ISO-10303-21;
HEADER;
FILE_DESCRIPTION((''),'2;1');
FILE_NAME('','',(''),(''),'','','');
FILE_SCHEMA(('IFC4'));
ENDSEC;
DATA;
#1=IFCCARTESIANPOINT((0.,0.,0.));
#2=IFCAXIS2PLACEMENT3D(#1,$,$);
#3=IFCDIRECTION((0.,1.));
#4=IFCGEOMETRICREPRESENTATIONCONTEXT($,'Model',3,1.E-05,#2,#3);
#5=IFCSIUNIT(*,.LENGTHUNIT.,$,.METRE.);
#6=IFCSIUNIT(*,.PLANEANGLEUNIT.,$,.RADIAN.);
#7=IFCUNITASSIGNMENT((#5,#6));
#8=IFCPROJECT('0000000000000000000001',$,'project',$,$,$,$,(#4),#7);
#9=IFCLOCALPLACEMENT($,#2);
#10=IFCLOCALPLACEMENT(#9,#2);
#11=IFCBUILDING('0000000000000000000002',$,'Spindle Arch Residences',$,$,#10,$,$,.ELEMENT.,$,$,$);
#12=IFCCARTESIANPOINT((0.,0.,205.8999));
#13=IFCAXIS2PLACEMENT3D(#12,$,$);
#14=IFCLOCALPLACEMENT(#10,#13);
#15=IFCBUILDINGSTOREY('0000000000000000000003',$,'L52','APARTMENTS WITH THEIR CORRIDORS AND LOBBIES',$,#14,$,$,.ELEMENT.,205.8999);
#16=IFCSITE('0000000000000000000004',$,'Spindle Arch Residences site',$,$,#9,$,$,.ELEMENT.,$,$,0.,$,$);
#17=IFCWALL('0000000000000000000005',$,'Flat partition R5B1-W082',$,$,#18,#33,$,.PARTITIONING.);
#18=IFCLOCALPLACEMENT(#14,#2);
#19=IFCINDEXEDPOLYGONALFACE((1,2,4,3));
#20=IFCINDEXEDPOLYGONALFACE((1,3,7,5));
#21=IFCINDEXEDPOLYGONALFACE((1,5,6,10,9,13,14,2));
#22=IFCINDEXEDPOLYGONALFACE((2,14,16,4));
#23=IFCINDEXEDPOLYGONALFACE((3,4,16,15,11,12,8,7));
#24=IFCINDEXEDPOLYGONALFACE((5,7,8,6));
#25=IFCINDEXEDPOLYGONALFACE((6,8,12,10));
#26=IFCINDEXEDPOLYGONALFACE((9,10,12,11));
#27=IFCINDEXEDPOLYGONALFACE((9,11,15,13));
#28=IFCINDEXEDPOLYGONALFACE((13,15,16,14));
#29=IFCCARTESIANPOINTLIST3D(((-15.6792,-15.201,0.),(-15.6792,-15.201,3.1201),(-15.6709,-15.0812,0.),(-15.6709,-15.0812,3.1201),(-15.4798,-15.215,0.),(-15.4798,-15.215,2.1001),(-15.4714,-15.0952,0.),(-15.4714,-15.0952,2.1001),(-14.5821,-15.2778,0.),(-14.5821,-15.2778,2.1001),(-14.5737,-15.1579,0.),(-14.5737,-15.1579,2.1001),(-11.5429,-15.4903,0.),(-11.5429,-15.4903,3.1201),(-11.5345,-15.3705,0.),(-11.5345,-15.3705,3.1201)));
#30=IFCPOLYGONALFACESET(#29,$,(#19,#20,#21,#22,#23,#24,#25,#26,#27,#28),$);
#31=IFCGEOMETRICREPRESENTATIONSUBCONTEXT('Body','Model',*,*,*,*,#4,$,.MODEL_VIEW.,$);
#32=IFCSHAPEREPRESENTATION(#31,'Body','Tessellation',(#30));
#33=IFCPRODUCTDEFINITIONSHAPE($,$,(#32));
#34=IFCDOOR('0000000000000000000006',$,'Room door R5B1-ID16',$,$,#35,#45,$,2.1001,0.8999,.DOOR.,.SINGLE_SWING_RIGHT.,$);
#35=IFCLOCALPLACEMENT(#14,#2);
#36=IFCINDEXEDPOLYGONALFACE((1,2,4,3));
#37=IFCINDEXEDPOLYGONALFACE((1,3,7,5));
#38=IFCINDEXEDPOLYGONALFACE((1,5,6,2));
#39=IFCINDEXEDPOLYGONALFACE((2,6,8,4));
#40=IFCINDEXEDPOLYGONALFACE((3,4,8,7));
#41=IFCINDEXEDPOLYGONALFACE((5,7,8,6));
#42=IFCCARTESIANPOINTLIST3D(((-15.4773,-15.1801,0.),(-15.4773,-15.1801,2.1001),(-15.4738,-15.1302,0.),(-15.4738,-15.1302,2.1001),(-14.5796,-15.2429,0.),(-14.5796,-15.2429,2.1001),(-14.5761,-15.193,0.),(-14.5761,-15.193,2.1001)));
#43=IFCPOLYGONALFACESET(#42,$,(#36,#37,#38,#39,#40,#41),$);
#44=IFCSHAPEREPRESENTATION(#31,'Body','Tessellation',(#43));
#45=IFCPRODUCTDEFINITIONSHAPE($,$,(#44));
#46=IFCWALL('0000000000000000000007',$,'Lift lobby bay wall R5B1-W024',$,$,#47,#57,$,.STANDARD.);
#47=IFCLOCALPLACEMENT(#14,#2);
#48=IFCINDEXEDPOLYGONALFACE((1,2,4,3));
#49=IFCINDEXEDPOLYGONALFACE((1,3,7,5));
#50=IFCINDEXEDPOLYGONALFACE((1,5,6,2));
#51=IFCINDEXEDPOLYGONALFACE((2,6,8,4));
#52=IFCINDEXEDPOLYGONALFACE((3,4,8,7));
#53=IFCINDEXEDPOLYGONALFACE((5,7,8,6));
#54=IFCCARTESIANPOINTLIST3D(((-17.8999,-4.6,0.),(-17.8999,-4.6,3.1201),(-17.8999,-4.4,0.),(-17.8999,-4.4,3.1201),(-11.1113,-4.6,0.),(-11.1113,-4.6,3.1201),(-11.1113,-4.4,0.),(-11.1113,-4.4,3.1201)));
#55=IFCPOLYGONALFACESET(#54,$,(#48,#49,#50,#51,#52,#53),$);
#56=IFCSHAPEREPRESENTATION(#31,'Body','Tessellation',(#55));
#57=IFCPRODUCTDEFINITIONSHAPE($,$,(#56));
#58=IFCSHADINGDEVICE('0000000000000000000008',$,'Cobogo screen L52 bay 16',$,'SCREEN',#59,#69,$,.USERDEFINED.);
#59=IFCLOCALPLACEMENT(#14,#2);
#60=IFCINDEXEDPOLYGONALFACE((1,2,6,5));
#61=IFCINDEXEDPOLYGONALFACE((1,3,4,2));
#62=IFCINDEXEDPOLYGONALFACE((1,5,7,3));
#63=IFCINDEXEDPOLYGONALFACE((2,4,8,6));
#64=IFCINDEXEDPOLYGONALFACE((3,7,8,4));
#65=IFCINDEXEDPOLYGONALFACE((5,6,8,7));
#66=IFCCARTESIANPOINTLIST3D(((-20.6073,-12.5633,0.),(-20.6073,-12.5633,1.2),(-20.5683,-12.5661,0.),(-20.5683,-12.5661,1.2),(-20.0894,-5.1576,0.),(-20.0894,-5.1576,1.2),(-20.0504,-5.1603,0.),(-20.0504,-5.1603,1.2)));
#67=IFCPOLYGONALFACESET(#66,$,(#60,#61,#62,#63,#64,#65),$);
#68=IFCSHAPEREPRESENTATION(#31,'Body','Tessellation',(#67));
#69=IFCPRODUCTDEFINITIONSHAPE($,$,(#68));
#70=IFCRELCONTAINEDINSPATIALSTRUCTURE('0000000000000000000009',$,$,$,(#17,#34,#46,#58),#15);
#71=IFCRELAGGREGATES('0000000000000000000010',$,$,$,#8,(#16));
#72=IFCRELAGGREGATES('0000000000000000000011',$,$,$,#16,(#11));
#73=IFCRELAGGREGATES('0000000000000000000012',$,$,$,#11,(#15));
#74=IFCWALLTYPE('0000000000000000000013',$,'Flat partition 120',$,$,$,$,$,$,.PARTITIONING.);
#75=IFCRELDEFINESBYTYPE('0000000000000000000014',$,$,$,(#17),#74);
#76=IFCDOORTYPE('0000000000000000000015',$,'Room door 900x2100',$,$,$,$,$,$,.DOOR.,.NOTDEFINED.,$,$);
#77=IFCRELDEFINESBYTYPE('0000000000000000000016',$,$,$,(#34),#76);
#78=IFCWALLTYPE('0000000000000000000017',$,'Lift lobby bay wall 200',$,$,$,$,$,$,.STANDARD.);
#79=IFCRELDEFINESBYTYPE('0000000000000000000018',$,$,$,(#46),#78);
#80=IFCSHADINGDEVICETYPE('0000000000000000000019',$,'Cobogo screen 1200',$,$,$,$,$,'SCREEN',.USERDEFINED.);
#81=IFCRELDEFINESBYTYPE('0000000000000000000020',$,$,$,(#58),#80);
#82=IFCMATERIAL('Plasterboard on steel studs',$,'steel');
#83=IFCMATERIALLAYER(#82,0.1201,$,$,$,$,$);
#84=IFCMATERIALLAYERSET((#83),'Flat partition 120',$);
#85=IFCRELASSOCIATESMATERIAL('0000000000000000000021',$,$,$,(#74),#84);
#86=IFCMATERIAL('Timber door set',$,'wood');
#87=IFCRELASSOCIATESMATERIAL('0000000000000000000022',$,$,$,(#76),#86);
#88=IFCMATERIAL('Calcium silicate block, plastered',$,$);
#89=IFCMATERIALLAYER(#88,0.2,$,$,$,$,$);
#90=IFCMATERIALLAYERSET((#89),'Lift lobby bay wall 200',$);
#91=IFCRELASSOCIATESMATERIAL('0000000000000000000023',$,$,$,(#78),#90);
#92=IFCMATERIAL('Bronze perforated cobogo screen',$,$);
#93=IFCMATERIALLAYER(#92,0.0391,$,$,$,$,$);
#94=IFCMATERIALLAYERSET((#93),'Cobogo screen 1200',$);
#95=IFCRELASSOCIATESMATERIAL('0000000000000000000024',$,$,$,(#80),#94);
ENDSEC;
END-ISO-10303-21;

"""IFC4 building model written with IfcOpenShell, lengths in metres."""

from ifc_helpers import new_model, si_unit, direction, frame, frame_2d, origin, origin_2d, place, context, subcontext, project, spatial, rectangle, extrude, material, layer, layer_set, type_object, element, fill, save


model = new_model("IFC4")

# Units and contexts
model_context = context("Model", 3, precision=1e-05, world=origin(), true_north=direction((0.0, 1.0)))
body_context = subcontext(model_context, "Body", "Model", "MODEL_VIEW")
ifc_project = project(units=[si_unit("LENGTHUNIT", "METRE"), si_unit("PLANEANGLEUNIT", "RADIAN")], contexts=[model_context])

# Site, building, storey
site_placement = place(None, origin())
site = spatial("IfcSite", under=ifc_project, at=site_placement, Name="Spindle Arch Residences site", CompositionType="ELEMENT", RefElevation=0.0)
building_placement = place(site_placement, origin())
building = spatial("IfcBuilding", under=site, at=building_placement, Name="Spindle Arch Residences", CompositionType="ELEMENT")
storey_placement = place(building_placement, frame((0.0, 0.0, 205.8999)))
storey = spatial("IfcBuildingStorey", under=building, at=storey_placement, Name="L52", Description="APARTMENTS WITH THEIR CORRIDORS AND LOBBIES", CompositionType="ELEMENT", Elevation=205.8999)

# Shared definitions
ifc_material_1 = material(Name="Plasterboard on steel studs", Category="steel")
ifc_layer_1 = layer(ifc_material_1, 0.1201)
ifc_layer_set_1 = layer_set([ifc_layer_1], Name="Flat partition 120")
wall_type_1 = type_object("IfcWallType", Name="Flat partition 120", PredefinedType="PARTITIONING", material=ifc_layer_set_1)

# Shared definitions
ifc_material_2 = material(Name="Timber door set", Category="wood")
door_type_1 = type_object("IfcDoorType", Name="Room door 900x2100", OperationType="NOTDEFINED", PredefinedType="DOOR", material=ifc_material_2)

# Wall, opening, door
wall_1_placement = place(storey_placement, frame((-15.675, -15.1411, 0.0), z_axis=(0.0, 0.0, 1.0), x_axis=(0.997563, -0.06977, 0.0)))
wall_1 = element("IfcWall", 1, at=wall_1_placement, inside=storey, type_object=wall_type_1, Name="Flat partition R5B1-W082", PredefinedType="PARTITIONING", context=body_context, shape_type="SweptSolid", body=[
    extrude(rectangle(XDim=4.1465, YDim=0.1201, at=frame_2d((2.0732, 0.0))), origin(), (0.0, 0.0, 1.0), 3.1201),
])
opening_1_placement = place(wall_1_placement, frame((0.2, 0.0, 0.0)))
opening_1 = element("IfcOpeningElement", 2, at=opening_1_placement, cuts=wall_1, PredefinedType="OPENING", context=body_context, shape_type="SweptSolid", body=[
    extrude(rectangle(XDim=0.8999, YDim=2.1001, at=frame_2d((0.45, 1.05))), frame((0.0, 0.0701, 0.0), z_axis=(0.0, -1.0, 0.0), x_axis=(1.0, 0.0, 0.0)), (0.0, 0.0, 1.0), 0.1401),
])
door_1_placement = place(opening_1_placement, origin())
door_1 = element("IfcDoor", 3, at=door_1_placement, inside=storey, type_object=door_type_1, Name="Room door R5B1-ID16", OperationType="SINGLE_SWING_RIGHT", OverallHeight=2.1001, OverallWidth=0.8999, PredefinedType="DOOR", context=body_context, shape_type="SweptSolid", body=[
    extrude(rectangle(XDim=0.8999, YDim=2.1001, at=frame_2d((0.45, 1.05))), frame((0.0, 0.0249, 0.0), z_axis=(0.0, -1.0, 0.0), x_axis=(1.0, 0.0, 0.0)), (0.0, 0.0, 1.0), 0.05),
])
fill(opening_1, door_1)

# Wall
ifc_material_3 = material(Name="Calcium silicate block, plastered")
ifc_layer_2 = layer(ifc_material_3, 0.2)
ifc_layer_set_2 = layer_set([ifc_layer_2], Name="Lift lobby bay wall 200")
wall_type_2 = type_object("IfcWallType", Name="Lift lobby bay wall 200", PredefinedType="STANDARD", material=ifc_layer_set_2)
wall_2_placement = place(storey_placement, frame((-17.8999, -4.5, 0.0), z_axis=(0.0, 0.0, 1.0), x_axis=(1.0, 0.0, 0.0)))
element("IfcWall", 4, at=wall_2_placement, inside=storey, type_object=wall_type_2, Name="Lift lobby bay wall R5B1-W024", PredefinedType="STANDARD", context=body_context, shape_type="SweptSolid", body=[
    extrude(rectangle(XDim=6.7886, YDim=0.2, at=frame_2d((3.3943, 0.0))), origin(), (0.0, 0.0, 1.0), 3.1201),
])

# Shading device
ifc_material_4 = material(Name="Bronze perforated cobogo screen")
ifc_layer_3 = layer(ifc_material_4, 0.0391)
ifc_layer_set_3 = layer_set([ifc_layer_3], Name="Cobogo screen 1200")
shading_device_type = type_object("IfcShadingDeviceType", Name="Cobogo screen 1200", ElementType="SCREEN", PredefinedType="USERDEFINED", material=ifc_layer_set_3)
shading_device_placement = place(storey_placement, frame((-20.3289, -8.8618, 0.0), z_axis=(0.0, 0.0, 1.0), x_axis=(-0.069756, -0.997564, 0.0)))
element("IfcShadingDevice", 5, at=shading_device_placement, inside=storey, type_object=shading_device_type, Name="Cobogo screen L52 bay 16", ObjectType="SCREEN", PredefinedType="USERDEFINED", context=body_context, shape_type="SweptSolid", body=[
    extrude(rectangle(XDim=7.4238, YDim=0.0391, at=origin_2d()), origin(), (0.0, 0.0, 1.0), 1.2),
])

save(model, "model.ifc")
